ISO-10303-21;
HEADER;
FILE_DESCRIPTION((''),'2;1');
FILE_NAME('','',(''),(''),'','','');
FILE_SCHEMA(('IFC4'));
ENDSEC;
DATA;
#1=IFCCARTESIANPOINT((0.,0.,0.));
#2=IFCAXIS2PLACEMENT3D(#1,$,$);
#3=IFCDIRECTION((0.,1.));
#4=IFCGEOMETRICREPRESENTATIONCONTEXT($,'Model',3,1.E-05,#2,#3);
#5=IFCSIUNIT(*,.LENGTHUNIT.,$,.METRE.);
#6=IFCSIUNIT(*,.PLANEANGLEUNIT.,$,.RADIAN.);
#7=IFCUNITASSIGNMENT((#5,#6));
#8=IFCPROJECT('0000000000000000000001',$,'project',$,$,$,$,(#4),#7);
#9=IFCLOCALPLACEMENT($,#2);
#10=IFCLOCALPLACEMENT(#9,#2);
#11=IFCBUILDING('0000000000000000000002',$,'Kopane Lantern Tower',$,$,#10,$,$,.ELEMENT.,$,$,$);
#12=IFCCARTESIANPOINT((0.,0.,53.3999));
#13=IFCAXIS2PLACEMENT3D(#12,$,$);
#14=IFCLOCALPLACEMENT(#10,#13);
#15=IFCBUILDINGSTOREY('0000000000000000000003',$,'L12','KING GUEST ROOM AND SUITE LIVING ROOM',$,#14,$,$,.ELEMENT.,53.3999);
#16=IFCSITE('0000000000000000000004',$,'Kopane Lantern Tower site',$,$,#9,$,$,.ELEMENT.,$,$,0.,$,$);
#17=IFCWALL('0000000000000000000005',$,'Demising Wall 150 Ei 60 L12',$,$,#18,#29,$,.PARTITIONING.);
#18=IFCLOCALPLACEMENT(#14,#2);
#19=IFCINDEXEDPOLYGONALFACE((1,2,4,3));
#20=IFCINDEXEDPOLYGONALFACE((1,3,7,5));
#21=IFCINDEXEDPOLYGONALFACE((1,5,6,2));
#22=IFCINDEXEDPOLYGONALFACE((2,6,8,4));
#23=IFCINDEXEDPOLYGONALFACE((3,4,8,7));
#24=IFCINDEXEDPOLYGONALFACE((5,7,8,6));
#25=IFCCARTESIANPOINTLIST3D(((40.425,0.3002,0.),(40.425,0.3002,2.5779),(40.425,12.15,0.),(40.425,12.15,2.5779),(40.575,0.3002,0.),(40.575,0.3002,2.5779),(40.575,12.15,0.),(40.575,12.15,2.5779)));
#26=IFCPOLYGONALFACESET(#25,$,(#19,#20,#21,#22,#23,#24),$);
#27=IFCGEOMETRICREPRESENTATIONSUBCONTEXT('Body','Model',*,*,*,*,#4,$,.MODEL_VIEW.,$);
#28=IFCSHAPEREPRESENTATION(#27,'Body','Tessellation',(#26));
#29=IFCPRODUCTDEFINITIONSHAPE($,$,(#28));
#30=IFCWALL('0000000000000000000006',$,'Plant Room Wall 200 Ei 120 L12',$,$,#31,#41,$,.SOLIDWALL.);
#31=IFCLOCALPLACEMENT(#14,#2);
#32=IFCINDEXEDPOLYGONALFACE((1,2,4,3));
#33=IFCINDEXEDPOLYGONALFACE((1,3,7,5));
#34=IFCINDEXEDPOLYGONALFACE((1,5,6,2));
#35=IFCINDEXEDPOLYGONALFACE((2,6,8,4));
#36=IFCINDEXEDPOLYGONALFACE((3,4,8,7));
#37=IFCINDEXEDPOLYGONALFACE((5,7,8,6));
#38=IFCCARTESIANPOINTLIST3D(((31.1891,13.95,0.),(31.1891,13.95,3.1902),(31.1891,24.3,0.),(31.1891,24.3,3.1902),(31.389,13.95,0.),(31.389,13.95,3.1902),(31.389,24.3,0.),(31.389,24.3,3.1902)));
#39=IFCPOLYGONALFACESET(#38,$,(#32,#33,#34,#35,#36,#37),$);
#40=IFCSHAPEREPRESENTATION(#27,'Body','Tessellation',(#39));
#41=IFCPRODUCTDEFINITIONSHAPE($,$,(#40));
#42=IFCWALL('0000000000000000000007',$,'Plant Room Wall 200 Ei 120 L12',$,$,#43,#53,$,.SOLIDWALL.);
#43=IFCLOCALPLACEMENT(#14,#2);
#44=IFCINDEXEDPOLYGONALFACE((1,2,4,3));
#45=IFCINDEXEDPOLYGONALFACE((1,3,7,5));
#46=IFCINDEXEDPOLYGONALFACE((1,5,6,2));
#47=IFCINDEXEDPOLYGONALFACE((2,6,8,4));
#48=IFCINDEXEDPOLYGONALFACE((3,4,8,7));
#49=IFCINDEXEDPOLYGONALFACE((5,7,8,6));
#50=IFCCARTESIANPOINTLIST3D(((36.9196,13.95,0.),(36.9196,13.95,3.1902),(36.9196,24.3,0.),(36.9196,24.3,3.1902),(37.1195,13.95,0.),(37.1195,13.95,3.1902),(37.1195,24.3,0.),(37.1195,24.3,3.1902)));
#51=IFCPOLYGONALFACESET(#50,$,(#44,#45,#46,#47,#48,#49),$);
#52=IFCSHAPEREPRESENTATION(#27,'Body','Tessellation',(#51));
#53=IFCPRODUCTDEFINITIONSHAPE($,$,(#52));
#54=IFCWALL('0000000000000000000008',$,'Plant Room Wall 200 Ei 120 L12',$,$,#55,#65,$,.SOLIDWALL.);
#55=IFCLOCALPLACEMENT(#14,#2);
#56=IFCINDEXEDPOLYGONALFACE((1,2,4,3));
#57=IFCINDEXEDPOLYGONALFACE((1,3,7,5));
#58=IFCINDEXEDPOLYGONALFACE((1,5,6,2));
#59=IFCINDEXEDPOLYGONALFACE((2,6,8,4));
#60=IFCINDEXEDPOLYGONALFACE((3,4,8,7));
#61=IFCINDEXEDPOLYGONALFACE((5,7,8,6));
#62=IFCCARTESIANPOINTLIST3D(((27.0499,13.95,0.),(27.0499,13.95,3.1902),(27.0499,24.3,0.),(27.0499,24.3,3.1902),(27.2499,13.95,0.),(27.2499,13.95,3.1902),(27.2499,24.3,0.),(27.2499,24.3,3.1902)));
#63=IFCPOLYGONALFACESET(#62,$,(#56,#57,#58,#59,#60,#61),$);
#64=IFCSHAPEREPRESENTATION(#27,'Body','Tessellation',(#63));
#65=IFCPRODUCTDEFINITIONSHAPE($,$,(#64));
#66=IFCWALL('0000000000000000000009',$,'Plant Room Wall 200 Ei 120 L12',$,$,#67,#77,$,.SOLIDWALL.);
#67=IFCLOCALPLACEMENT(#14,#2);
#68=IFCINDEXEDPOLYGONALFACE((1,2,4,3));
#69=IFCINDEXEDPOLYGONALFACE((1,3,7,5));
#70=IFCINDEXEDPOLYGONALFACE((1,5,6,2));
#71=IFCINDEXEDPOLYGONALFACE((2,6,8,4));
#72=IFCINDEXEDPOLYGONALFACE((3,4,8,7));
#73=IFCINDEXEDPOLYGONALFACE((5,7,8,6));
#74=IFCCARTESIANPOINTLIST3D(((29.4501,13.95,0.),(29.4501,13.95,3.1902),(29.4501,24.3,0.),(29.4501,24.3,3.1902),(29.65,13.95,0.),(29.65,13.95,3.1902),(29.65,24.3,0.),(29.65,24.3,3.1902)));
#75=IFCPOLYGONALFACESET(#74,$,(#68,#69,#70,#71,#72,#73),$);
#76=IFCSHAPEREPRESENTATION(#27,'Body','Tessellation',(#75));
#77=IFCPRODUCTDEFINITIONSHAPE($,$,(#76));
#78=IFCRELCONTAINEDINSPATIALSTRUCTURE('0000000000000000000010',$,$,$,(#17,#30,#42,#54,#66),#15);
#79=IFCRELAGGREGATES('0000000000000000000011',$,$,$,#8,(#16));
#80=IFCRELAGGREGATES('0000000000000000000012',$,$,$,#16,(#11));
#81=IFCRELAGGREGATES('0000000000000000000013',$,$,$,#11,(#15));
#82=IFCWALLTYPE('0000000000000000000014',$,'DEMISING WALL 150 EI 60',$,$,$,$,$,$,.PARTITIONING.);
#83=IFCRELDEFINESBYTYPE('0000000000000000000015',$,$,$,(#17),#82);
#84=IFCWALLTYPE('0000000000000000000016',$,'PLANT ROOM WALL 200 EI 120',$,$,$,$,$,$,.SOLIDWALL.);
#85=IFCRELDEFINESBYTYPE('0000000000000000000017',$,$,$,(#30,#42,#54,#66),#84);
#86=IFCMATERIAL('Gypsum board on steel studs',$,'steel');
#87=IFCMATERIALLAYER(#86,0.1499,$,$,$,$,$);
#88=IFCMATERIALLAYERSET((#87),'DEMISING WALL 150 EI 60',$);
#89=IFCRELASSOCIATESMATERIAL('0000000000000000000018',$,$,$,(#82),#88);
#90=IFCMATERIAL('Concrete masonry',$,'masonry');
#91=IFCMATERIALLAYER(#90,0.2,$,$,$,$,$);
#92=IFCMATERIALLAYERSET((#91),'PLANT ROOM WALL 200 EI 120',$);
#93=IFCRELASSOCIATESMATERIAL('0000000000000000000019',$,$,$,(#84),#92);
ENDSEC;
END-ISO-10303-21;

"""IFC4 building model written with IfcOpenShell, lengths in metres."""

from ifc_helpers import new_model, si_unit, direction, frame, frame_2d, origin, place, context, subcontext, project, spatial, rectangle, extrude, material, layer, layer_set, type_object, element, save


model = new_model("IFC4")

# Units and contexts
model_context = context("Model", 3, precision=1e-05, world=origin(), true_north=direction((0.0, 1.0)))
body_context = subcontext(model_context, "Body", "Model", "MODEL_VIEW")
ifc_project = project(units=[si_unit("LENGTHUNIT", "METRE"), si_unit("PLANEANGLEUNIT", "RADIAN")], contexts=[model_context])

# Site, building, storey
site_placement = place(None, origin())
site = spatial("IfcSite", under=ifc_project, at=site_placement, Name="Kopane Lantern Tower site", CompositionType="ELEMENT", RefElevation=0.0)
building_placement = place(site_placement, origin())
building = spatial("IfcBuilding", under=site, at=building_placement, Name="Kopane Lantern Tower", CompositionType="ELEMENT")
storey_placement = place(building_placement, frame((0.0, 0.0, 53.3999)))
storey = spatial("IfcBuildingStorey", under=building, at=storey_placement, Name="L12", Description="KING GUEST ROOM AND SUITE LIVING ROOM", CompositionType="ELEMENT", Elevation=53.3999)

# Walls
ifc_material_1 = material(Name="Gypsum board on steel studs", Category="steel")
ifc_layer_1 = layer(ifc_material_1, 0.1499)
ifc_layer_set_1 = layer_set([ifc_layer_1], Name="DEMISING WALL 150 EI 60")
wall_type_1 = type_object("IfcWallType", Name="DEMISING WALL 150 EI 60", PredefinedType="PARTITIONING", material=ifc_layer_set_1)
wall_1_placement = place(storey_placement, frame((40.5, 12.1499, 0.0), z_axis=(0.0, 0.0, 1.0), x_axis=(0.0, -1.0, 0.0)))
element("IfcWall", 1, at=wall_1_placement, inside=storey, type_object=wall_type_1, Name="Demising Wall 150 Ei 60 L12", PredefinedType="PARTITIONING", context=body_context, shape_type="SweptSolid", body=[
    extrude(rectangle(XDim=11.8499, YDim=0.1499, at=frame_2d((5.9248, 0.0))), origin(), (0.0, 0.0, 1.0), 2.5779),
])
ifc_material_2 = material(Name="Concrete masonry", Category="masonry")
ifc_layer_2 = layer(ifc_material_2, 0.2)
ifc_layer_set_2 = layer_set([ifc_layer_2], Name="PLANT ROOM WALL 200 EI 120")
wall_type_2 = type_object("IfcWallType", Name="PLANT ROOM WALL 200 EI 120", PredefinedType="SOLIDWALL", material=ifc_layer_set_2)
for number, where, z_axis, x_axis, name in (
    (2, (31.2891, 13.95, 0.0), (0.0, 0.0, 1.0), (0.0, 1.0, 0.0), "Plant Room Wall 200 Ei 120 L12"),
    (3, (37.0195, 13.95, 0.0), (0.0, 0.0, 1.0), (0.0, 1.0, 0.0), "Plant Room Wall 200 Ei 120 L12"),
    (4, (27.1499, 13.95, 0.0), (0.0, 0.0, 1.0), (0.0, 1.0, 0.0), "Plant Room Wall 200 Ei 120 L12"),
    (5, (29.55, 13.95, 0.0), (0.0, 0.0, 1.0), (0.0, 1.0, 0.0), "Plant Room Wall 200 Ei 120 L12"),
):
    element("IfcWall", number, at=place(storey_placement, frame(where, z_axis=z_axis, x_axis=x_axis)), inside=storey, type_object=wall_type_2, Name=name, PredefinedType="SOLIDWALL", context=body_context, shape_type="SweptSolid", body=[
        extrude(rectangle(XDim=10.3501, YDim=0.2, at=frame_2d((5.175, 0.0))), origin(), (0.0, 0.0, 1.0), 3.1902),
    ])

save(model, "model.ifc")
